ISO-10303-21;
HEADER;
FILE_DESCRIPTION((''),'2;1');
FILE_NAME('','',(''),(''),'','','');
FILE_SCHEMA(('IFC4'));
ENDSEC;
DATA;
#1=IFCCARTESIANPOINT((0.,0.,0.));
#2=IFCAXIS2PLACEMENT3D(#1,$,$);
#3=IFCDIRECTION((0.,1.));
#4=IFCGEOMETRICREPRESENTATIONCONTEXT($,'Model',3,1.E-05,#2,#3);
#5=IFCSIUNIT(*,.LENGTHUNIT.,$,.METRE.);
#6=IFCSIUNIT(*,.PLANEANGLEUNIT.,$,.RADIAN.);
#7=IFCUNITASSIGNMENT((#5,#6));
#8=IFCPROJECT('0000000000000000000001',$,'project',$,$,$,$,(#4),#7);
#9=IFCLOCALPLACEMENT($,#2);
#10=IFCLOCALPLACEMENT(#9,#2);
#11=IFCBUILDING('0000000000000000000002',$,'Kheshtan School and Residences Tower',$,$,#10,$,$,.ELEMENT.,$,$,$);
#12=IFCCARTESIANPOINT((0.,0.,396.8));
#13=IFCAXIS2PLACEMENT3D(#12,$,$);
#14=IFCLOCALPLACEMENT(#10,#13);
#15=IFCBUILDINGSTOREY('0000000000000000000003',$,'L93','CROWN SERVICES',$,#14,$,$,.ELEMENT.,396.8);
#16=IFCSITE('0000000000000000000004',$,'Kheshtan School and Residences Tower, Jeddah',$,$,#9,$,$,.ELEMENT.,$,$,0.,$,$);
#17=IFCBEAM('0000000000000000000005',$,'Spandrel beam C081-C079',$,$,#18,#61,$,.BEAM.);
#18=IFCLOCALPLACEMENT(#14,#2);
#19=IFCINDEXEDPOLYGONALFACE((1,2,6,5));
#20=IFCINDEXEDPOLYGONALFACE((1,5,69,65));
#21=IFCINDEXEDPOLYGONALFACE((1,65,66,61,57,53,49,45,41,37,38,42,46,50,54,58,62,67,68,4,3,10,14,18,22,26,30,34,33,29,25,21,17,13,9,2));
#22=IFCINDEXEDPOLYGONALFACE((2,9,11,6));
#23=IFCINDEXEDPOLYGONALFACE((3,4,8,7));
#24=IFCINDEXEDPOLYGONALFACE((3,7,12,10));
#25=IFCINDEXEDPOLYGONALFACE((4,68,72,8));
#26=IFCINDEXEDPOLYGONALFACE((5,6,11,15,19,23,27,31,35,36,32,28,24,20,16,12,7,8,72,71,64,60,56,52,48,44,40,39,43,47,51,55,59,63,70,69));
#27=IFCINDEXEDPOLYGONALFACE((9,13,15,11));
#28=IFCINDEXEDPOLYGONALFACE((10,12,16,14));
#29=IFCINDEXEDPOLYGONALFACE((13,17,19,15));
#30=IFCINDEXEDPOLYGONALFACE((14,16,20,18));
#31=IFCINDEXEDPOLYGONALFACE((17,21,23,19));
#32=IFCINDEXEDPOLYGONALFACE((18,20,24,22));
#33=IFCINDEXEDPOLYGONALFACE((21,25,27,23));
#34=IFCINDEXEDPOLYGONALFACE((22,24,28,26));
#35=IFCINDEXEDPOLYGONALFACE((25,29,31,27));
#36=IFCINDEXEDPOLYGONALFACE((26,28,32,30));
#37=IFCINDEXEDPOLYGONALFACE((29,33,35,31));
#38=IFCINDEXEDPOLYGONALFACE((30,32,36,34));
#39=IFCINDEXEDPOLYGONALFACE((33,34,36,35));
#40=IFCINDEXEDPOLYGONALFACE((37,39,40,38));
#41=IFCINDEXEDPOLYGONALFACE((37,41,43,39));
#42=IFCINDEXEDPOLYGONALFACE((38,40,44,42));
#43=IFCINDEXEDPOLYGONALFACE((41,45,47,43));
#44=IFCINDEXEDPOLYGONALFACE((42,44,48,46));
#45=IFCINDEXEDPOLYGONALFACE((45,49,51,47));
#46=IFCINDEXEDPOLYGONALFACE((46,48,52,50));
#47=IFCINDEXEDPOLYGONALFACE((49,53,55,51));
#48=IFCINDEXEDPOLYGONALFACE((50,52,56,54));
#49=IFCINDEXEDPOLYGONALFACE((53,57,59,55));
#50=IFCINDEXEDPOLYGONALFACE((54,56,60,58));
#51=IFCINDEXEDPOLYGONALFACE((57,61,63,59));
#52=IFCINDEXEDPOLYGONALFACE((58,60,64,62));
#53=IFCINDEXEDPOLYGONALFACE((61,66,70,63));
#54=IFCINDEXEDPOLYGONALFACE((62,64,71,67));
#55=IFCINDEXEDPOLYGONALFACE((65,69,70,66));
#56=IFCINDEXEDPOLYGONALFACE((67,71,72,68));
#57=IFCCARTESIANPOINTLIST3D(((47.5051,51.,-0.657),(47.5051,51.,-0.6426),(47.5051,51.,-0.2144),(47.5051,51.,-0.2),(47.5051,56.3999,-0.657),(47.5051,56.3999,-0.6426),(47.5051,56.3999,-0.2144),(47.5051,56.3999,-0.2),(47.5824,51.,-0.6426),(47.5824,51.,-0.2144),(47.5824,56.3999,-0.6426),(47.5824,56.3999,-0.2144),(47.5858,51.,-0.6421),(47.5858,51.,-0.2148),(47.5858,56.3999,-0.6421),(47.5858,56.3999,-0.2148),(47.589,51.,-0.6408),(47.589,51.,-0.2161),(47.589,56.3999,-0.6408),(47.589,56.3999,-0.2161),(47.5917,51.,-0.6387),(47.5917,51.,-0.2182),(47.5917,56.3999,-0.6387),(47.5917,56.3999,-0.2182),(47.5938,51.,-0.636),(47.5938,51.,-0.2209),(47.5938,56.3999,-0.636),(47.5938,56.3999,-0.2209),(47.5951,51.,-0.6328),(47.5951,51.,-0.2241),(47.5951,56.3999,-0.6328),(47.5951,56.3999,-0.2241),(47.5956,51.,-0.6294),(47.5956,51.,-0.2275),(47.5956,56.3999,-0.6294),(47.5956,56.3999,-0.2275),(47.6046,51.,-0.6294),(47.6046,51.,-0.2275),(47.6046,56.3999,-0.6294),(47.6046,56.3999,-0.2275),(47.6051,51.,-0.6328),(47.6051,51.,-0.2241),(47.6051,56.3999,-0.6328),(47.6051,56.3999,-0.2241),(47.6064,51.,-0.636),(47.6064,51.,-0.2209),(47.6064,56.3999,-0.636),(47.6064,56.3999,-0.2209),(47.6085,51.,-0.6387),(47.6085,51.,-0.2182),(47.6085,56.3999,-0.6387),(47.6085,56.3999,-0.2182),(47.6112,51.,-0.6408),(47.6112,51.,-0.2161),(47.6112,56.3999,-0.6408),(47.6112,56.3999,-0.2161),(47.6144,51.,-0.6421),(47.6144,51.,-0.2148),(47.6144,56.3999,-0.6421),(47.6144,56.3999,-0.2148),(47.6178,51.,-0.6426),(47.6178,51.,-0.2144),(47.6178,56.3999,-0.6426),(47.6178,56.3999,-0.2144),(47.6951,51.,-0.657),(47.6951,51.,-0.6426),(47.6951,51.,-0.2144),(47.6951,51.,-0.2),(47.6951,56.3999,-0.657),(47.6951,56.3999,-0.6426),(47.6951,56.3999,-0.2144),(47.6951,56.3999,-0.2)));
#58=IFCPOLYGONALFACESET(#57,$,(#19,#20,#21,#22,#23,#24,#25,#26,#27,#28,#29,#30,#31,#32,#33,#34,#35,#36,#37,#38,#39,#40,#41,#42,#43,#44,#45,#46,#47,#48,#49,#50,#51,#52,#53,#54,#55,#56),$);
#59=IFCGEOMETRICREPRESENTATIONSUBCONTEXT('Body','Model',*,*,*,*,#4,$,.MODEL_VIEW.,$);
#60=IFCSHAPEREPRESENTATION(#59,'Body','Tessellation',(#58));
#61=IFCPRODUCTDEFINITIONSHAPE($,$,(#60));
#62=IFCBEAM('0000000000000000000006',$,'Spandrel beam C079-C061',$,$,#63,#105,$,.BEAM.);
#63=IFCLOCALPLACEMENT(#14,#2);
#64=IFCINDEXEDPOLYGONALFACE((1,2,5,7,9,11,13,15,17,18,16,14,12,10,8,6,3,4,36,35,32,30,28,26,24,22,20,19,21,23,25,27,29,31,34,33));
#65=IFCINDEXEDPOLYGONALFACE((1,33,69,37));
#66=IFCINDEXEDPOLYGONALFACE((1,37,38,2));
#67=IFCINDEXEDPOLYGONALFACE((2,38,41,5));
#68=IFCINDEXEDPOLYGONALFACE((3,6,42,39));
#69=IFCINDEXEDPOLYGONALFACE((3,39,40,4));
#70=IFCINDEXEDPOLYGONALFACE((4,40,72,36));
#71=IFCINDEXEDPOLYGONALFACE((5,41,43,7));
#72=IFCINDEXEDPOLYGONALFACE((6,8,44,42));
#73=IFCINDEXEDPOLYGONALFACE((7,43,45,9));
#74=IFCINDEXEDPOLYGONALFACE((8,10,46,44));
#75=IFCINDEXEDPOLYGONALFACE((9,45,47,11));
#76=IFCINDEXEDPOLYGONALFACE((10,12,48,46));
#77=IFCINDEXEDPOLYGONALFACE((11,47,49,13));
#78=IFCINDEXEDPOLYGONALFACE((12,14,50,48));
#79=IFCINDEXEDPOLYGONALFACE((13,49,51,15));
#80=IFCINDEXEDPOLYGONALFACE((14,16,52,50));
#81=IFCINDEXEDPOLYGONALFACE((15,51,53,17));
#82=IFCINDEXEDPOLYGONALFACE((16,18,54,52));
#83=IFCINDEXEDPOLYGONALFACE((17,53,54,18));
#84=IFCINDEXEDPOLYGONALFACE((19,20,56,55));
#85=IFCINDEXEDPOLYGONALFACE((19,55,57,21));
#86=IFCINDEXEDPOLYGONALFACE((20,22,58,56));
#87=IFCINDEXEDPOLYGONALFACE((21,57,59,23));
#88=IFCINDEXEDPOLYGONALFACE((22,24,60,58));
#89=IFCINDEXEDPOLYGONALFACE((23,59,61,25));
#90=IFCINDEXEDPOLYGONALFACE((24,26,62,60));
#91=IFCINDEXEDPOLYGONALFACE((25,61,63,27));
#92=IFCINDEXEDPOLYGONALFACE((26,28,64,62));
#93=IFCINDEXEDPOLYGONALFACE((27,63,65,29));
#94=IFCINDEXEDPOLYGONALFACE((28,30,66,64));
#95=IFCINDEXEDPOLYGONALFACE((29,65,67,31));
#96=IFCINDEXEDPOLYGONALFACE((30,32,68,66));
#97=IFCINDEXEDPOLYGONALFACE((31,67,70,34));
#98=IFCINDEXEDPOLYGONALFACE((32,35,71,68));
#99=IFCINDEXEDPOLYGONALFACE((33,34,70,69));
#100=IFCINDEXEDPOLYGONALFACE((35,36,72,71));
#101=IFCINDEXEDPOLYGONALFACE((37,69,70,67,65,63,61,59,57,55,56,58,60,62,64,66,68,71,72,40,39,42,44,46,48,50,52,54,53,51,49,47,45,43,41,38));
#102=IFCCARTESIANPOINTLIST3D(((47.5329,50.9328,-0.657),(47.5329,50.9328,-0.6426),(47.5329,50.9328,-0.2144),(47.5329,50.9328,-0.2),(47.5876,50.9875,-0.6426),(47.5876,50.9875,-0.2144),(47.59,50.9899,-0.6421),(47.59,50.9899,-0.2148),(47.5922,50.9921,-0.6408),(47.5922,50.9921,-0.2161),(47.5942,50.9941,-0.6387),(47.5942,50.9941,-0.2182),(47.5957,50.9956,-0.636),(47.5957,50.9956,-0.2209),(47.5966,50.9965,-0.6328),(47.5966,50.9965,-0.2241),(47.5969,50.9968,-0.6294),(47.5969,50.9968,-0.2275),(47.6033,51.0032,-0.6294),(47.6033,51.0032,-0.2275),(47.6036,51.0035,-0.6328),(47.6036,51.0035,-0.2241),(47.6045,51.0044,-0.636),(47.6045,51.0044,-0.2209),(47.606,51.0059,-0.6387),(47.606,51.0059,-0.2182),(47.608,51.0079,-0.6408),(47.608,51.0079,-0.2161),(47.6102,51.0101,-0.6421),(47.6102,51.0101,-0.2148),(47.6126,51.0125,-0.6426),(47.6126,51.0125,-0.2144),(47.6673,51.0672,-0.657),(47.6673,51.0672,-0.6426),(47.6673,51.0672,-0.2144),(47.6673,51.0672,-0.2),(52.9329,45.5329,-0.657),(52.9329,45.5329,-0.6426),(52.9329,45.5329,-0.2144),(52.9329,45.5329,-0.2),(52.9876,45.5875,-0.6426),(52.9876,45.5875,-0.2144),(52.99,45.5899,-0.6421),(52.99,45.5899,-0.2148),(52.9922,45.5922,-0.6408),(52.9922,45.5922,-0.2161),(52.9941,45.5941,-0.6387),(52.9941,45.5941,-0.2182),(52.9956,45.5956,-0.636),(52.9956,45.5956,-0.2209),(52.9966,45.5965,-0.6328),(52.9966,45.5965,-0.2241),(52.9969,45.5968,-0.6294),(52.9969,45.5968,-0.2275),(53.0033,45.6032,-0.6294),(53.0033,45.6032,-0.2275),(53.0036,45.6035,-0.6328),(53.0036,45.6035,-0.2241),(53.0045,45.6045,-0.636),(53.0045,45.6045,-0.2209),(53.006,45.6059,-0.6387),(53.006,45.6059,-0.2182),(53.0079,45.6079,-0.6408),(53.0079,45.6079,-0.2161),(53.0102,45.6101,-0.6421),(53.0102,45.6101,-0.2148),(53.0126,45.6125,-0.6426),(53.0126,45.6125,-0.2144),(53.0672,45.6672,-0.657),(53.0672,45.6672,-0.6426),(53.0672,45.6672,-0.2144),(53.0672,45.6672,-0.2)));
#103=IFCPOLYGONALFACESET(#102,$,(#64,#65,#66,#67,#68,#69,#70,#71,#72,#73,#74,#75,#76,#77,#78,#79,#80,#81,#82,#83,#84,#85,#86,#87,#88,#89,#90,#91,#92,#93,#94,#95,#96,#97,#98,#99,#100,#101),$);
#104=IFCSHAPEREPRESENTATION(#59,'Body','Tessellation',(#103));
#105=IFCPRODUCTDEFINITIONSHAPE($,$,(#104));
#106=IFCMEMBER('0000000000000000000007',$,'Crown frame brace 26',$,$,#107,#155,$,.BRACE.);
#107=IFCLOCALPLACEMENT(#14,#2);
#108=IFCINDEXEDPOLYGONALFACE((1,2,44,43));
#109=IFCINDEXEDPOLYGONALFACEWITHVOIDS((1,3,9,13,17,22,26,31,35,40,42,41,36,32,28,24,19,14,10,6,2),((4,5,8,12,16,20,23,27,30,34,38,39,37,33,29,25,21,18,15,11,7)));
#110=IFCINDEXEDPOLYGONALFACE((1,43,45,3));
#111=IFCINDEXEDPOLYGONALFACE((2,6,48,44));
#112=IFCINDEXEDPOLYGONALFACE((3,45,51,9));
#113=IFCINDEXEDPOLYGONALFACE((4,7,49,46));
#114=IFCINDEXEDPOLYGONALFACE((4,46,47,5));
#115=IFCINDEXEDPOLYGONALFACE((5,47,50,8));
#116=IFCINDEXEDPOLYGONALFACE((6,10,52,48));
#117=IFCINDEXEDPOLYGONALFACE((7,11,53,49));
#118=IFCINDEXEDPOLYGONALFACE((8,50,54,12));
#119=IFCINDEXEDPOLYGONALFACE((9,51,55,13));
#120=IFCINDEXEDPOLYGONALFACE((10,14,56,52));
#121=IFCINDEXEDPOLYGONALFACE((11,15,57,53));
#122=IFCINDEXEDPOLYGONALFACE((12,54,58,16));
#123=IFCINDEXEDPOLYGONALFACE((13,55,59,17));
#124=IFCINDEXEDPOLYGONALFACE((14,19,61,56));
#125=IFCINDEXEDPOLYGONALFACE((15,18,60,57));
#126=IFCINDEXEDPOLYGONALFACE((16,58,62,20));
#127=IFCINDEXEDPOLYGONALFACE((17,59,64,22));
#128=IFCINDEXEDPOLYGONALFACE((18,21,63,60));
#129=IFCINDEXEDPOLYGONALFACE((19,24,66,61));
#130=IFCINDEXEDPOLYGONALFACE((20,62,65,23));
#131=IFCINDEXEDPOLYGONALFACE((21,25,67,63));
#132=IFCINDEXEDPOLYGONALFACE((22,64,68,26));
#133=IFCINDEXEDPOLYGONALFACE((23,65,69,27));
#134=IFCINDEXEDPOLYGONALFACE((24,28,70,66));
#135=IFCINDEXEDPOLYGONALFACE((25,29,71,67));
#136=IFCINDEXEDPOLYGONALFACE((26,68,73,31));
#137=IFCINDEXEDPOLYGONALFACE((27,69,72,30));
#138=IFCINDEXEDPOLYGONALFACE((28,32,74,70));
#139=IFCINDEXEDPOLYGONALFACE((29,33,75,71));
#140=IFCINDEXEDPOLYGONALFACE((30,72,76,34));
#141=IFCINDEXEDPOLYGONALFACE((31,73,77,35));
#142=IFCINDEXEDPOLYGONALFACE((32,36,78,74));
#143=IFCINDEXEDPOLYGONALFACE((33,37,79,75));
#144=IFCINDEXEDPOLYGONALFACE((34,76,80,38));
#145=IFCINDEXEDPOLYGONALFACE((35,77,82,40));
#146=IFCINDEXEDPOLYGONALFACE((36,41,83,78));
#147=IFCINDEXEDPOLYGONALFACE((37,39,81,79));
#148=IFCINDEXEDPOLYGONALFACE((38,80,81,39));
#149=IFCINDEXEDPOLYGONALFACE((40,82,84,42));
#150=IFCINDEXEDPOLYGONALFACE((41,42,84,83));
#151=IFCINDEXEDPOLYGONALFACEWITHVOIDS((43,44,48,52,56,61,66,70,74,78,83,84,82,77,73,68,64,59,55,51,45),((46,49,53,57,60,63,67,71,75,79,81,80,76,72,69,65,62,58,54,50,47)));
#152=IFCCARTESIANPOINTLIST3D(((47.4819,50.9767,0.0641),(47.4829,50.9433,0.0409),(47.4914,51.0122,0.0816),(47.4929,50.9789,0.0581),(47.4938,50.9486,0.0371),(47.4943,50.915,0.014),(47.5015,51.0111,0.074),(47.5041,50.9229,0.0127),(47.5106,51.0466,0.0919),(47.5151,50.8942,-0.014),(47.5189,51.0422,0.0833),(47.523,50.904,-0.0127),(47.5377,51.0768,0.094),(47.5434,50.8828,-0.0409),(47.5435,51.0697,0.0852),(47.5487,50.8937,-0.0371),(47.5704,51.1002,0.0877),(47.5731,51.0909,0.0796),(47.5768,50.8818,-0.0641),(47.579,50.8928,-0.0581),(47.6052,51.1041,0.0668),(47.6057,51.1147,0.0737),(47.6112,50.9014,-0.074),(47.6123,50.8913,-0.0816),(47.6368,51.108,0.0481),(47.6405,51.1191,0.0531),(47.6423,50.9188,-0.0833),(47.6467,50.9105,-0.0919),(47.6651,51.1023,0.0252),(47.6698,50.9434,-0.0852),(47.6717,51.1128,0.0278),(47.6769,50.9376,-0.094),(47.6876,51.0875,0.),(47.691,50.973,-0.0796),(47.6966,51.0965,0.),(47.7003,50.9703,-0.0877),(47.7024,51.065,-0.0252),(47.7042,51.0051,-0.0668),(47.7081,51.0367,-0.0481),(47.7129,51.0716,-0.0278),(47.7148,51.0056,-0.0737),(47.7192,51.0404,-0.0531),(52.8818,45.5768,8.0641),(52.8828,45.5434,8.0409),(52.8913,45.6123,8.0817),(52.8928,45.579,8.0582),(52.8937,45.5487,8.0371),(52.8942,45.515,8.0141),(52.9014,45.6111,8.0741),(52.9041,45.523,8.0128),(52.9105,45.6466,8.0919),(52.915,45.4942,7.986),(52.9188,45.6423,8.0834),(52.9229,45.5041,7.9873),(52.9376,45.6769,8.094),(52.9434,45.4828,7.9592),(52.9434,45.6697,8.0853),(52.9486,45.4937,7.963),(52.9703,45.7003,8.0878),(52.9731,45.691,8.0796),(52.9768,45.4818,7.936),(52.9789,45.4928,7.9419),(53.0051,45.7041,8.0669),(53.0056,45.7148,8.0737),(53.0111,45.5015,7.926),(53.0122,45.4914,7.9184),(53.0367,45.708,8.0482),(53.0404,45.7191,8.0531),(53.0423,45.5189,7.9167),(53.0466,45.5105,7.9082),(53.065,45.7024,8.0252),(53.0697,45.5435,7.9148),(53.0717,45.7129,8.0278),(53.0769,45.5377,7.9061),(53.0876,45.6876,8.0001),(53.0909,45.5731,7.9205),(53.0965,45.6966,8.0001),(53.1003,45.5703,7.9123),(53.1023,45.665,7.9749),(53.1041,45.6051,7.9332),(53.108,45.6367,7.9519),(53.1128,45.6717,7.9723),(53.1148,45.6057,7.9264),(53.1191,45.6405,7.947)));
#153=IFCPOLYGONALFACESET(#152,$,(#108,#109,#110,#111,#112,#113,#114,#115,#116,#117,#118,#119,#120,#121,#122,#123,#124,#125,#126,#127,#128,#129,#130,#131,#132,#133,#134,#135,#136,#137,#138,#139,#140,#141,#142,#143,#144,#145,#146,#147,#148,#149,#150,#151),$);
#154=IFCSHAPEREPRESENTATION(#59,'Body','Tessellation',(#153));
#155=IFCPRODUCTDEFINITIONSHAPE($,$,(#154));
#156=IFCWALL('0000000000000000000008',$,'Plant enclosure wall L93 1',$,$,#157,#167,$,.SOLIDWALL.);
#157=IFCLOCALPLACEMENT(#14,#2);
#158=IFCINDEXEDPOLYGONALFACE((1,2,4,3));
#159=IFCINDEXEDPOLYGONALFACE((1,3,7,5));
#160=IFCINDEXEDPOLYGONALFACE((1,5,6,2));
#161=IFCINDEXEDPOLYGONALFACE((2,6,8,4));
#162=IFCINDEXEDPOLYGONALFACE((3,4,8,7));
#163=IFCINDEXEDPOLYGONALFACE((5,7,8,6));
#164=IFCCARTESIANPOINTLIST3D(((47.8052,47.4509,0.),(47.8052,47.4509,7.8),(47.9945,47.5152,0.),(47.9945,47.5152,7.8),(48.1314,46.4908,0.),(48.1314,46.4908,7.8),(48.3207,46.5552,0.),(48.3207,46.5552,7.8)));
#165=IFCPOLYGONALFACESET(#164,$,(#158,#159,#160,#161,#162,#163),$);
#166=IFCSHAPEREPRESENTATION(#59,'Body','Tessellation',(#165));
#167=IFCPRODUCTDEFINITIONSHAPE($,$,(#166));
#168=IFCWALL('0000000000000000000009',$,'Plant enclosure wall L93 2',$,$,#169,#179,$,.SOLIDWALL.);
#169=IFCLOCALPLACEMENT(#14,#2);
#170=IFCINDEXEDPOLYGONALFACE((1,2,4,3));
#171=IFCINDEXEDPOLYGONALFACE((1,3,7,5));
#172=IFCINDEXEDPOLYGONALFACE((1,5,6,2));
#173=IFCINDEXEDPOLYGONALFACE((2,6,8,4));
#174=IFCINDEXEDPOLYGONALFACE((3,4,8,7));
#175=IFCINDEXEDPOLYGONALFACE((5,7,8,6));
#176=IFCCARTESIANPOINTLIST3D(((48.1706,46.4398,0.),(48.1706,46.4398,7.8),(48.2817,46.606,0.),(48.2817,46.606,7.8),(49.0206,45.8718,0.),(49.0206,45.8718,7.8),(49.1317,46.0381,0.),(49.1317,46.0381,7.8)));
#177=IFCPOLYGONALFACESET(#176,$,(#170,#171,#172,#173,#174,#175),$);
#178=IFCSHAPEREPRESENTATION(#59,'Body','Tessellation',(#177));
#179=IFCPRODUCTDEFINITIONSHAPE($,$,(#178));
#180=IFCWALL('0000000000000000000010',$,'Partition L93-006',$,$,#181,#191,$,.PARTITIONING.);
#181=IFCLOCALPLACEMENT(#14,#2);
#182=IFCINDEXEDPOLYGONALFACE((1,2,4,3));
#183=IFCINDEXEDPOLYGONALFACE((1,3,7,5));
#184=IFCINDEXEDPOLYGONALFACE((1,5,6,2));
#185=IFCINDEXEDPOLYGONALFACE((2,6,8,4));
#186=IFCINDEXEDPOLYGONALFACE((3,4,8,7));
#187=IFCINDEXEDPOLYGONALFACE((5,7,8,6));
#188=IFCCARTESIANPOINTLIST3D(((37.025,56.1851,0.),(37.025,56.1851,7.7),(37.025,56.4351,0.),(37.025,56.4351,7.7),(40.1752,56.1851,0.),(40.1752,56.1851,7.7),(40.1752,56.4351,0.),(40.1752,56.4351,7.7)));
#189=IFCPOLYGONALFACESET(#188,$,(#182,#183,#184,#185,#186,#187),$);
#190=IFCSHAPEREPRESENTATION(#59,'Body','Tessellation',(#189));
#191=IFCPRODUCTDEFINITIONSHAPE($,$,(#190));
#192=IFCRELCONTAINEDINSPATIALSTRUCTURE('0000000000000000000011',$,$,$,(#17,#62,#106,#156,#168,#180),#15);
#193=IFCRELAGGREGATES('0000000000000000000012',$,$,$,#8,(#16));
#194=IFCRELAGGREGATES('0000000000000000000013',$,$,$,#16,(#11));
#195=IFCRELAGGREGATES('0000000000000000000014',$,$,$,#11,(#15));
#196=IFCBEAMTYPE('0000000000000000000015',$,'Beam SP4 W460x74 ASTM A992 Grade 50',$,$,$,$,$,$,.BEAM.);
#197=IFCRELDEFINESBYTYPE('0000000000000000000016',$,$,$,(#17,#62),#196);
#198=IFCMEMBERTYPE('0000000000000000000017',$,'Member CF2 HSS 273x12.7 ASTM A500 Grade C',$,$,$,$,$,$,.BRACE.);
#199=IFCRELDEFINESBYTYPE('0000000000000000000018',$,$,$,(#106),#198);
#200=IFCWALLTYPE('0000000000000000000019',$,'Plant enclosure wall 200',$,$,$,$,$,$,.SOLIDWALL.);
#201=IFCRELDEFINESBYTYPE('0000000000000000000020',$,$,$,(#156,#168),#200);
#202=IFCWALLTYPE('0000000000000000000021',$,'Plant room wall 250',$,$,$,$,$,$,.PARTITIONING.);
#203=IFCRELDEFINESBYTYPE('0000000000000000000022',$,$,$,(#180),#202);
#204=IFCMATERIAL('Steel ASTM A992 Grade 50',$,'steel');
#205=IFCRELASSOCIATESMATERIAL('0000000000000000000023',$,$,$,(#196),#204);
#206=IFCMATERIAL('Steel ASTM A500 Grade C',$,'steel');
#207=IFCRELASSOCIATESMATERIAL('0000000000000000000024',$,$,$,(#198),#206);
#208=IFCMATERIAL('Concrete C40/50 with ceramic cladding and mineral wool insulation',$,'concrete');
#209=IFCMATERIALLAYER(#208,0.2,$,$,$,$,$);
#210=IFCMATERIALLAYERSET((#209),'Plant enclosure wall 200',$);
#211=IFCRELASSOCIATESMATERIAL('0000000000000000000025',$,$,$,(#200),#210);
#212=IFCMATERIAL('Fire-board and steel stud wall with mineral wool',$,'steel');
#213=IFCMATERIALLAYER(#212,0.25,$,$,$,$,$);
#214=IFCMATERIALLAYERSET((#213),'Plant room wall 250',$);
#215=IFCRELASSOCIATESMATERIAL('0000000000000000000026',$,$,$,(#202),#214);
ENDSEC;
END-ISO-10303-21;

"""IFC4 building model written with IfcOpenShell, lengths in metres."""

from ifc_helpers import new_model, si_unit, direction, frame, frame_2d, origin, origin_2d, place, context, subcontext, project, spatial, rectangle, hollow_circle, i_section, extrude, material, layer, layer_set, material_profile, profile_set, type_object, element, save


model = new_model("IFC4")

# Units and contexts
model_context = context("Model", 3, precision=1e-05, world=origin(), true_north=direction((0.0, 1.0)))
body_context = subcontext(model_context, "Body", "Model", "MODEL_VIEW")
ifc_project = project(units=[si_unit("LENGTHUNIT", "METRE"), si_unit("PLANEANGLEUNIT", "RADIAN")], contexts=[model_context])

# Site, building, storey
site_placement = place(None, origin())
site = spatial("IfcSite", under=ifc_project, at=site_placement, Name="Kheshtan School and Residences Tower, Jeddah", CompositionType="ELEMENT", RefElevation=0.0)
building_placement = place(site_placement, origin())
building = spatial("IfcBuilding", under=site, at=building_placement, Name="Kheshtan School and Residences Tower", CompositionType="ELEMENT")
storey_placement = place(building_placement, frame((0.0, 0.0, 396.8)))
storey = spatial("IfcBuildingStorey", under=building, at=storey_placement, Name="L93", Description="CROWN SERVICES", CompositionType="ELEMENT", Elevation=396.8)

# Shared definitions
ifc_material_1 = material(Name="Steel ASTM A500 Grade C", Category="steel")

# Beams
ifc_material_2 = material(Name="Steel ASTM A992 Grade 50", Category="steel")
ifc_material_profile_1 = material_profile(ifc_material_2, i_section(OverallWidth=0.1899, OverallDepth=0.457, WebThickness=0.009, FlangeThickness=0.0144, FilletRadius=0.0132, at=origin_2d()), Name="W460x74")
ifc_profile_set_1 = profile_set([ifc_material_profile_1], Name="Steel ASTM A992 Grade 50")
beam_type = type_object("IfcBeamType", Name="Beam SP4 W460x74 ASTM A992 Grade 50", PredefinedType="BEAM", material=ifc_profile_set_1)
beam_1_placement = place(storey_placement, frame((47.6001, 56.3999, -0.4285), z_axis=(0.0, -1.0, 0.0), x_axis=(1.0, 0.0, 0.0)))
element("IfcBeam", 1, at=beam_1_placement, inside=storey, type_object=beam_type, Name="Spandrel beam C081-C079", PredefinedType="BEAM", context=body_context, shape_type="SweptSolid", body=[
    extrude(i_section(OverallWidth=0.1899, OverallDepth=0.457, WebThickness=0.009, FlangeThickness=0.0144, FilletRadius=0.0132, at=origin_2d()), origin(), (0.0, 0.0, 1.0), 5.3999),
])
beam_2_placement = place(storey_placement, frame((47.6001, 51.0, -0.4285), z_axis=(0.707107, -0.707107, 0.0), x_axis=(0.707107, 0.707107, 0.0)))
element("IfcBeam", 2, at=beam_2_placement, inside=storey, type_object=beam_type, Name="Spandrel beam C079-C061", PredefinedType="BEAM", context=body_context, shape_type="SweptSolid", body=[
    extrude(i_section(OverallWidth=0.1899, OverallDepth=0.457, WebThickness=0.009, FlangeThickness=0.0144, FilletRadius=0.0132, at=origin_2d()), origin(), (0.0, 0.0, 1.0), 7.6367),
])

# Member
ifc_material_profile_2 = material_profile(ifc_material_1, hollow_circle(Radius=0.1365, WallThickness=0.0127, at=origin_2d()), Name="HSS 273x12.7")
ifc_profile_set_2 = profile_set([ifc_material_profile_2], Name="Steel ASTM A500 Grade C")
member_type = type_object("IfcMemberType", Name="Member CF2 HSS 273x12.7 ASTM A500 Grade C", PredefinedType="BRACE", material=ifc_profile_set_2)
member_placement = place(storey_placement, frame((47.6001, 51.0, 0.0), z_axis=(0.488248, -0.488248, 0.723344), x_axis=(0.707107, 0.707107, 0.0)))
element("IfcMember", 3, at=member_placement, inside=storey, type_object=member_type, Name="Crown frame brace 26", PredefinedType="BRACE", context=body_context, shape_type="SweptSolid", body=[
    extrude(hollow_circle(Radius=0.1365, WallThickness=0.0127, at=origin_2d()), origin(), (0.0, 0.0, 1.0), 11.0598),
])

# Walls
ifc_material_3 = material(Name="Concrete C40/50 with ceramic cladding and mineral wool insulation", Category="concrete")
ifc_layer_1 = layer(ifc_material_3, 0.2)
ifc_layer_set_1 = layer_set([ifc_layer_1], Name="Plant enclosure wall 200")
wall_type_1 = type_object("IfcWallType", Name="Plant enclosure wall 200", PredefinedType="SOLIDWALL", material=ifc_layer_set_1)
wall_1_placement = place(storey_placement, frame((47.8999, 47.4829, 0.0), z_axis=(0.0, 0.0, 1.0), x_axis=(0.321713, -0.946837, 0.0)))
element("IfcWall", 4, at=wall_1_placement, inside=storey, type_object=wall_type_1, Name="Plant enclosure wall L93 1", PredefinedType="SOLIDWALL", context=body_context, shape_type="SweptSolid", body=[
    extrude(rectangle(XDim=1.0139, YDim=0.2, at=frame_2d((0.5068, 0.0))), origin(), (0.0, 0.0, 1.0), 7.8),
])
wall_2_placement = place(storey_placement, frame((48.2261, 46.5229, 0.0), z_axis=(0.0, 0.0, 1.0), x_axis=(0.831462, -0.555582, 0.0)))
element("IfcWall", 5, at=wall_2_placement, inside=storey, type_object=wall_type_1, Name="Plant enclosure wall L93 2", PredefinedType="SOLIDWALL", context=body_context, shape_type="SweptSolid", body=[
    extrude(rectangle(XDim=1.0222, YDim=0.2, at=frame_2d((0.5112, 0.0))), origin(), (0.0, 0.0, 1.0), 7.8),
])
ifc_material_4 = material(Name="Fire-board and steel stud wall with mineral wool", Category="steel")
ifc_layer_2 = layer(ifc_material_4, 0.25)
ifc_layer_set_2 = layer_set([ifc_layer_2], Name="Plant room wall 250")
wall_type_2 = type_object("IfcWallType", Name="Plant room wall 250", PredefinedType="PARTITIONING", material=ifc_layer_set_2)
wall_3_placement = place(storey_placement, frame((37.0249, 56.3101, 0.0), z_axis=(0.0, 0.0, 1.0), x_axis=(1.0, 0.0, 0.0)))
element("IfcWall", 6, at=wall_3_placement, inside=storey, type_object=wall_type_2, Name="Partition L93-006", PredefinedType="PARTITIONING", context=body_context, shape_type="SweptSolid", body=[
    extrude(rectangle(XDim=3.1501, YDim=0.25, at=frame_2d((1.5752, 0.0))), origin(), (0.0, 0.0, 1.0), 7.7),
])

save(model, "model.ifc")
